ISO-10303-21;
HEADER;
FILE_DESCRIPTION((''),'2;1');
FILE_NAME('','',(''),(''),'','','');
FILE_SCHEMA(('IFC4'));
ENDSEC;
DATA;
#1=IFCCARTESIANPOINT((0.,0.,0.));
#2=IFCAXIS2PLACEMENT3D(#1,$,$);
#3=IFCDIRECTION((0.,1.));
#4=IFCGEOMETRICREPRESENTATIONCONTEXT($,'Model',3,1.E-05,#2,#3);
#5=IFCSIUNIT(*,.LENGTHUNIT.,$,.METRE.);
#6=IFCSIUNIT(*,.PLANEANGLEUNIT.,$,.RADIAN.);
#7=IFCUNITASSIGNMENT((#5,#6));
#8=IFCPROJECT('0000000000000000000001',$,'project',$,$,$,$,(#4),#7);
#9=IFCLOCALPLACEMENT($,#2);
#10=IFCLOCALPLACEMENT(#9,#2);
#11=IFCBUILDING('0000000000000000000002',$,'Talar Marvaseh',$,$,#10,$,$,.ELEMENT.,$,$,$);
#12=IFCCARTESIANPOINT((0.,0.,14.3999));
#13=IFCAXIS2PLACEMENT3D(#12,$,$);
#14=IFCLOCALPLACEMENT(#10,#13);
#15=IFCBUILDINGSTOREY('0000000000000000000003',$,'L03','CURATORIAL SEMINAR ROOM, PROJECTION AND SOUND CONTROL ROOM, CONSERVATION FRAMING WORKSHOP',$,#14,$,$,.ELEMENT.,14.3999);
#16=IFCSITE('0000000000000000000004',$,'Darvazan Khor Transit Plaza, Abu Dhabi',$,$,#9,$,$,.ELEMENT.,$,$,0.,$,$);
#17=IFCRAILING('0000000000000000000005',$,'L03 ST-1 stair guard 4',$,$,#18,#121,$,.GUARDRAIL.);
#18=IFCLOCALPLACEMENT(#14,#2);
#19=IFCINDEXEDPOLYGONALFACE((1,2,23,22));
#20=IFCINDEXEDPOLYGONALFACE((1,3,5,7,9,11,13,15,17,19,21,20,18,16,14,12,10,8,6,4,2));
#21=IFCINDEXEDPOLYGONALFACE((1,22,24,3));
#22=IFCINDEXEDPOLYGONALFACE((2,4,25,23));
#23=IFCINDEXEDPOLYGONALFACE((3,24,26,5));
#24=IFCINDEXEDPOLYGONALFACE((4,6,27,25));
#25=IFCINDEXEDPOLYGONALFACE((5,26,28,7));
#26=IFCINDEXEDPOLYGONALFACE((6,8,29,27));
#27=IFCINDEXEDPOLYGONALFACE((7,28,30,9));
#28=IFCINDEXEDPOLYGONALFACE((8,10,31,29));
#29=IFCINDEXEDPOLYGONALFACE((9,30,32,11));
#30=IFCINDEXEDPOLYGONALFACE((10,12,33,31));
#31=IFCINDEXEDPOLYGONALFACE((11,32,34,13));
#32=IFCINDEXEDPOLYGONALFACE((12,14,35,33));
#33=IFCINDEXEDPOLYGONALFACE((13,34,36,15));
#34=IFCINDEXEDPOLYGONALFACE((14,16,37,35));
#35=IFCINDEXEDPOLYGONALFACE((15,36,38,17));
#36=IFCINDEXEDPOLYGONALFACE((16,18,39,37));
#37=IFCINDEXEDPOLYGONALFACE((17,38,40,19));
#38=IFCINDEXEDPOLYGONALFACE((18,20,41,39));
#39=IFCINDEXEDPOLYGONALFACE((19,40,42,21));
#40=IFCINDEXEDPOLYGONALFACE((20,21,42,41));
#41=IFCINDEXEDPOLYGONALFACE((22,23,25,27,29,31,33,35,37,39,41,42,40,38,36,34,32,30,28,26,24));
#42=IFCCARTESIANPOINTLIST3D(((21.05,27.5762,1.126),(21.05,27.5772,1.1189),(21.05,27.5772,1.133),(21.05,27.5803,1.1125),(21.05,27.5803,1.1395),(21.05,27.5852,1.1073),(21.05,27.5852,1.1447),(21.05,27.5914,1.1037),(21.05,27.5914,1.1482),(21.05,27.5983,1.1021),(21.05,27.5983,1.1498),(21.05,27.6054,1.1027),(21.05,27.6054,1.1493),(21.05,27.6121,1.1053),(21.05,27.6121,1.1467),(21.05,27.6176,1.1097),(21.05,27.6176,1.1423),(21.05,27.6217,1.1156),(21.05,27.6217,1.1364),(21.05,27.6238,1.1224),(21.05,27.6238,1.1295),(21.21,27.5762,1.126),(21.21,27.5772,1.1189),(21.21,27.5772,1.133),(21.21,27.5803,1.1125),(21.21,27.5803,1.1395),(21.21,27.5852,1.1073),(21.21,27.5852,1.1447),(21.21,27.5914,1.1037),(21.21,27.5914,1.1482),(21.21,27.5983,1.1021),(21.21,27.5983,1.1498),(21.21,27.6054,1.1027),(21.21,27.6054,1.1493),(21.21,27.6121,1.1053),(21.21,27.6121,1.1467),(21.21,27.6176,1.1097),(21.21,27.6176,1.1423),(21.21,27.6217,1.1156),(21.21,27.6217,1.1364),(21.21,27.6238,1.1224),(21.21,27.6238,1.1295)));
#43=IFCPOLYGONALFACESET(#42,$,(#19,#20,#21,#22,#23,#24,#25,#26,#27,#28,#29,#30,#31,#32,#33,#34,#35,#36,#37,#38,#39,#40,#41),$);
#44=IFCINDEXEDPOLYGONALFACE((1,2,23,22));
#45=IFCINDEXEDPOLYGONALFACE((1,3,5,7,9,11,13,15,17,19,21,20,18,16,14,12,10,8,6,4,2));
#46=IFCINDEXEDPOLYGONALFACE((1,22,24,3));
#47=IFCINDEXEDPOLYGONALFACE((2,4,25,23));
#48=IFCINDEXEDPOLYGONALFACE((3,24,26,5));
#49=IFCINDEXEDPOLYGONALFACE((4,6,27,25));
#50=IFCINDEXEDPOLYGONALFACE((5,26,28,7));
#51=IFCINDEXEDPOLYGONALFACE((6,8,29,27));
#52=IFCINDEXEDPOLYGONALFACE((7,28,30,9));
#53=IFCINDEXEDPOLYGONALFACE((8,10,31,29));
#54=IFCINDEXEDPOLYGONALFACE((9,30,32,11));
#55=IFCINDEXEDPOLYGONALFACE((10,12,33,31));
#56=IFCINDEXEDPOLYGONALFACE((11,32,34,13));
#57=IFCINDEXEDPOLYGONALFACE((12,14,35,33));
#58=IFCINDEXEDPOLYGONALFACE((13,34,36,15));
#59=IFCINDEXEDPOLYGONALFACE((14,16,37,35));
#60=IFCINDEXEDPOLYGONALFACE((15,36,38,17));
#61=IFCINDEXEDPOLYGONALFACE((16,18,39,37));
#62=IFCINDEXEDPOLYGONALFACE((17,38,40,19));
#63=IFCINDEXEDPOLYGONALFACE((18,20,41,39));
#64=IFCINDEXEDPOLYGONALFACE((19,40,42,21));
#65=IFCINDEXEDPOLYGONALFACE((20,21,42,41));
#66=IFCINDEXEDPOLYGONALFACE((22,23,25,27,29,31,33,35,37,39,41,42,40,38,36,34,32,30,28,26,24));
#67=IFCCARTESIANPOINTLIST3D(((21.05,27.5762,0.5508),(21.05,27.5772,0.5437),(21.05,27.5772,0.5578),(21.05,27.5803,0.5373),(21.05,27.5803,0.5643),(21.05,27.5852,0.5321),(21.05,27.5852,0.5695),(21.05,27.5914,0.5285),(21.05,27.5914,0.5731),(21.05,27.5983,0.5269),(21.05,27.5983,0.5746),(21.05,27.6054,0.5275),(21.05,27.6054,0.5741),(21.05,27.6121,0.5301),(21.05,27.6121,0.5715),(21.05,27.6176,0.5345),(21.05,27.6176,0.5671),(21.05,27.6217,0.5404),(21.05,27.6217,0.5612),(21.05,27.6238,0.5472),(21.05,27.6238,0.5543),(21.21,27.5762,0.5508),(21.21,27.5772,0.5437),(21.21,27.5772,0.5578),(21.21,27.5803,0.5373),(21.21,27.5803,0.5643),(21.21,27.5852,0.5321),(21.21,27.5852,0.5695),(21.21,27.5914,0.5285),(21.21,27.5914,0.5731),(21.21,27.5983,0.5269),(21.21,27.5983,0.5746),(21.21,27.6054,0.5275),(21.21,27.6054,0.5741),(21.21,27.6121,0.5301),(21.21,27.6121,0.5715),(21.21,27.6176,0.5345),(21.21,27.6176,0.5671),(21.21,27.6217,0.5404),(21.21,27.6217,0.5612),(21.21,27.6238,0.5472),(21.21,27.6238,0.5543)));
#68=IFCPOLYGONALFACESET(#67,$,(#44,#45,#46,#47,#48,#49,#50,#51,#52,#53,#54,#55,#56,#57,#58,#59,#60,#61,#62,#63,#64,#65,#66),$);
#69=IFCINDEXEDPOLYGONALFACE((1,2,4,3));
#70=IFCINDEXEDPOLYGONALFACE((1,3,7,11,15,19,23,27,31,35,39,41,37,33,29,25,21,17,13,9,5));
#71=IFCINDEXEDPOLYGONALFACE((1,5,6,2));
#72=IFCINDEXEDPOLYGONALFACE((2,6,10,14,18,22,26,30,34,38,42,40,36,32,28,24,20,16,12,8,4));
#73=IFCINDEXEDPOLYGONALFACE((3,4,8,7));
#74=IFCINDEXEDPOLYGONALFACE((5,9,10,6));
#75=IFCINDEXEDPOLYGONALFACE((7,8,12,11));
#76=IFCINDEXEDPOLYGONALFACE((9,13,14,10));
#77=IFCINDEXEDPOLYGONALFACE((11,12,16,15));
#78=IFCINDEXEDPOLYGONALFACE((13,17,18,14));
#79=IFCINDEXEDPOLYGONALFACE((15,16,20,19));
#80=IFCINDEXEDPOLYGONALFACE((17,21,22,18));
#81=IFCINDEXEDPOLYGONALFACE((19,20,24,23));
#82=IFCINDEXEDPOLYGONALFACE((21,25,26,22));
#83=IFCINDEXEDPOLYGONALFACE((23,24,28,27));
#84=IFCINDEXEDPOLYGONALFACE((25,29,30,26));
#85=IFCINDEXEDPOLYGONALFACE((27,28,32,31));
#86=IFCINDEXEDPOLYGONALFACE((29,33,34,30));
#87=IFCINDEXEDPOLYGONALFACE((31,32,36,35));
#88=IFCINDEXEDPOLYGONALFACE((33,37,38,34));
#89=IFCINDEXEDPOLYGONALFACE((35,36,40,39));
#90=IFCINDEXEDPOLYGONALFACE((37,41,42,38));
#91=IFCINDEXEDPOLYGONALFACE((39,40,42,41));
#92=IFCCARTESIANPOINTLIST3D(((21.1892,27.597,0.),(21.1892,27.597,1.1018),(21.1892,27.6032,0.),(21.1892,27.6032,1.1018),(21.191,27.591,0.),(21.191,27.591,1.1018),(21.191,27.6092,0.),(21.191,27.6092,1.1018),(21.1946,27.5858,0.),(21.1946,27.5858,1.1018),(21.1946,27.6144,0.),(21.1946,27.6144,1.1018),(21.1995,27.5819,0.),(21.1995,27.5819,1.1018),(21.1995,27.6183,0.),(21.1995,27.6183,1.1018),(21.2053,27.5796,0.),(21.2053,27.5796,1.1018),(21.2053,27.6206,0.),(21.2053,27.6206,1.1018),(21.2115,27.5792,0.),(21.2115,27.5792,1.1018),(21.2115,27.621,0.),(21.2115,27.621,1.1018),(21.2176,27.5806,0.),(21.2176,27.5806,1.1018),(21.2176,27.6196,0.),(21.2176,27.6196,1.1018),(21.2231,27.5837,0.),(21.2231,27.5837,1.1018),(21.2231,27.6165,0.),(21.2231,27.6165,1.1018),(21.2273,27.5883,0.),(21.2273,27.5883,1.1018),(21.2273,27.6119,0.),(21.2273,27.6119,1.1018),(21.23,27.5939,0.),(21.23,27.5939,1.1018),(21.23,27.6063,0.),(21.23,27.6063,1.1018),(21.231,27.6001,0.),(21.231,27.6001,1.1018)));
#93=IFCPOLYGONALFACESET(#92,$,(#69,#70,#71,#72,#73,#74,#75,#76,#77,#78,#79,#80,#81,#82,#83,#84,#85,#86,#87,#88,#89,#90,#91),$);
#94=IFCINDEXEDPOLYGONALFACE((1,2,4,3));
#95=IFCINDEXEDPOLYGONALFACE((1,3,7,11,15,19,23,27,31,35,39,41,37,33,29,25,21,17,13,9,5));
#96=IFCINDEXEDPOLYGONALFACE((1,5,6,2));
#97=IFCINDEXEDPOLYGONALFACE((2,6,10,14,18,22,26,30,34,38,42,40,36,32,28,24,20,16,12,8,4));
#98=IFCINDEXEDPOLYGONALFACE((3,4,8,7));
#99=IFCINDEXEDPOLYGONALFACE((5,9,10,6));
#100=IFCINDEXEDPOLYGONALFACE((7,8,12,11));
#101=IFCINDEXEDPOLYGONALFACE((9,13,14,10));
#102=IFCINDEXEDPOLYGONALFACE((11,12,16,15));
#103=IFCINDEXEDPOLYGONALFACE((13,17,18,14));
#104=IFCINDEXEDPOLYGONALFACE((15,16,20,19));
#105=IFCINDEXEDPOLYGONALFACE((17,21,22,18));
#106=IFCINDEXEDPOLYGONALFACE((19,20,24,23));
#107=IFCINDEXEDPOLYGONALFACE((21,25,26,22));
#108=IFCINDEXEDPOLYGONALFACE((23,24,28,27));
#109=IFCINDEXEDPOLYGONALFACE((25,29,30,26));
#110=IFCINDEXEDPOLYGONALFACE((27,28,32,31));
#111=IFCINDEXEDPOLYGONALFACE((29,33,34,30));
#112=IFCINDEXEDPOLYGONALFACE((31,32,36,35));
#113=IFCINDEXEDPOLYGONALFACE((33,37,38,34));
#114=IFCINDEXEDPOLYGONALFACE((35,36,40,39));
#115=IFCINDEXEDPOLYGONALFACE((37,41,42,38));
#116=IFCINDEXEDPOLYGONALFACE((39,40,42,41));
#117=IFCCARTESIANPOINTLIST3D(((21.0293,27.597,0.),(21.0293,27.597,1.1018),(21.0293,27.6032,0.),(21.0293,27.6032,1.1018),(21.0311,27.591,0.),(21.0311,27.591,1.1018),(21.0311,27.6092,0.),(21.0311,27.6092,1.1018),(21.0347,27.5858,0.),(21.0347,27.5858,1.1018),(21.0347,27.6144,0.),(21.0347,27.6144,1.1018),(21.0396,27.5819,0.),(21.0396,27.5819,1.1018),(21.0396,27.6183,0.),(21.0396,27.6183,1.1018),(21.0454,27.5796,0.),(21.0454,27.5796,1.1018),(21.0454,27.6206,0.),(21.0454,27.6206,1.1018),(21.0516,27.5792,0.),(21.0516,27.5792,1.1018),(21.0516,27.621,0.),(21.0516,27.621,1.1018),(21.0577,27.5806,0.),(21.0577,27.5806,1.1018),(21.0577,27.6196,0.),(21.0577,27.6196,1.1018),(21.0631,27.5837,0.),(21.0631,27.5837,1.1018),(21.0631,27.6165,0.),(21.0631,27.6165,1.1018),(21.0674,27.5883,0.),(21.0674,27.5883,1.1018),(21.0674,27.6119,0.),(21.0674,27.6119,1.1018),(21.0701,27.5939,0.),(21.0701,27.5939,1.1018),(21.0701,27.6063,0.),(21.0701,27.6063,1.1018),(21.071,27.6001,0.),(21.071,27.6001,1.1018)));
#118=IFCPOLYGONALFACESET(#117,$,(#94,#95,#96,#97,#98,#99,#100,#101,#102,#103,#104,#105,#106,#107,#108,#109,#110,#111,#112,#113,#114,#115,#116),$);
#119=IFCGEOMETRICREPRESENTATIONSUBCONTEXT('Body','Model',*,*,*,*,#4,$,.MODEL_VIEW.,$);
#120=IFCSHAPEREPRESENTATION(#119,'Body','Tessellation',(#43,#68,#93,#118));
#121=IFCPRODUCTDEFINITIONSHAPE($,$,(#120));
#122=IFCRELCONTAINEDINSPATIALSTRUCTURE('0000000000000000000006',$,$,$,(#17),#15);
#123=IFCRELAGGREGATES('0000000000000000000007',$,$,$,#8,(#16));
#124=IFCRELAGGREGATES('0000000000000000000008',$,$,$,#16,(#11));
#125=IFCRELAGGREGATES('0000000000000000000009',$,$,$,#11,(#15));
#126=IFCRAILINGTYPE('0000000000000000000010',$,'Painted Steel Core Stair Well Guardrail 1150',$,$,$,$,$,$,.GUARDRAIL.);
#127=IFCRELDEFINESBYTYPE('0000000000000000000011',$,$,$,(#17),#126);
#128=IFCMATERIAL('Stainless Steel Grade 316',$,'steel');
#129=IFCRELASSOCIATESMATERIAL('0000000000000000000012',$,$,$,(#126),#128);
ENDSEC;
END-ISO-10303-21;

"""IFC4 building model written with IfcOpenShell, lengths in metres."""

from ifc_helpers import new_model, si_unit, direction, frame, origin, origin_2d, place, context, subcontext, project, spatial, circle, extrude, material, type_object, element, save


model = new_model("IFC4")

# Units and contexts
model_context = context("Model", 3, precision=1e-05, world=origin(), true_north=direction((0.0, 1.0)))
body_context = subcontext(model_context, "Body", "Model", "MODEL_VIEW")
ifc_project = project(units=[si_unit("LENGTHUNIT", "METRE"), si_unit("PLANEANGLEUNIT", "RADIAN")], contexts=[model_context])

# Site, building, storey
site_placement = place(None, origin())
site = spatial("IfcSite", under=ifc_project, at=site_placement, Name="Darvazan Khor Transit Plaza, Abu Dhabi", CompositionType="ELEMENT", RefElevation=0.0)
building_placement = place(site_placement, origin())
building = spatial("IfcBuilding", under=site, at=building_placement, Name="Talar Marvaseh", CompositionType="ELEMENT")
storey_placement = place(building_placement, frame((0.0, 0.0, 14.3999)))
storey = spatial("IfcBuildingStorey", under=building, at=storey_placement, Name="L03", Description="CURATORIAL SEMINAR ROOM, PROJECTION AND SOUND CONTROL ROOM, CONSERVATION FRAMING WORKSHOP", CompositionType="ELEMENT", Elevation=14.3999)

# Railing
ifc_material_1 = material(Name="Stainless Steel Grade 316", Category="steel")
railing_type_1 = type_object("IfcRailingType", Name="Painted Steel Core Stair Well Guardrail 1150", PredefinedType="GUARDRAIL", material=ifc_material_1)
railing_1_placement = place(storey_placement, frame((21.21, 27.6001, 0.0)))
element("IfcRailing", 1, at=railing_1_placement, inside=storey, type_object=railing_type_1, Name="L03 ST-1 stair guard 4", PredefinedType="GUARDRAIL", context=body_context, shape_type="SweptSolid", body=[
    extrude(circle(Radius=0.0239, at=origin_2d()), frame((0.0, 0.0, 1.126), z_axis=(-1.0, 0.0, 0.0), x_axis=(0.0, -1.0, 0.0)), (0.0, 0.0, 1.0), 0.1599),
    extrude(circle(Radius=0.0239, at=origin_2d()), frame((0.0, 0.0, 0.5508), z_axis=(-1.0, 0.0, 0.0), x_axis=(0.0, -1.0, 0.0)), (0.0, 0.0, 1.0), 0.1599),
    extrude(circle(Radius=0.021, at=origin_2d()), origin(), (0.0, 0.0, 1.0), 1.1018),
    extrude(circle(Radius=0.021, at=origin_2d()), frame((-0.1599, 0.0, 0.0)), (0.0, 0.0, 1.0), 1.1018),
])

save(model, "model.ifc")
